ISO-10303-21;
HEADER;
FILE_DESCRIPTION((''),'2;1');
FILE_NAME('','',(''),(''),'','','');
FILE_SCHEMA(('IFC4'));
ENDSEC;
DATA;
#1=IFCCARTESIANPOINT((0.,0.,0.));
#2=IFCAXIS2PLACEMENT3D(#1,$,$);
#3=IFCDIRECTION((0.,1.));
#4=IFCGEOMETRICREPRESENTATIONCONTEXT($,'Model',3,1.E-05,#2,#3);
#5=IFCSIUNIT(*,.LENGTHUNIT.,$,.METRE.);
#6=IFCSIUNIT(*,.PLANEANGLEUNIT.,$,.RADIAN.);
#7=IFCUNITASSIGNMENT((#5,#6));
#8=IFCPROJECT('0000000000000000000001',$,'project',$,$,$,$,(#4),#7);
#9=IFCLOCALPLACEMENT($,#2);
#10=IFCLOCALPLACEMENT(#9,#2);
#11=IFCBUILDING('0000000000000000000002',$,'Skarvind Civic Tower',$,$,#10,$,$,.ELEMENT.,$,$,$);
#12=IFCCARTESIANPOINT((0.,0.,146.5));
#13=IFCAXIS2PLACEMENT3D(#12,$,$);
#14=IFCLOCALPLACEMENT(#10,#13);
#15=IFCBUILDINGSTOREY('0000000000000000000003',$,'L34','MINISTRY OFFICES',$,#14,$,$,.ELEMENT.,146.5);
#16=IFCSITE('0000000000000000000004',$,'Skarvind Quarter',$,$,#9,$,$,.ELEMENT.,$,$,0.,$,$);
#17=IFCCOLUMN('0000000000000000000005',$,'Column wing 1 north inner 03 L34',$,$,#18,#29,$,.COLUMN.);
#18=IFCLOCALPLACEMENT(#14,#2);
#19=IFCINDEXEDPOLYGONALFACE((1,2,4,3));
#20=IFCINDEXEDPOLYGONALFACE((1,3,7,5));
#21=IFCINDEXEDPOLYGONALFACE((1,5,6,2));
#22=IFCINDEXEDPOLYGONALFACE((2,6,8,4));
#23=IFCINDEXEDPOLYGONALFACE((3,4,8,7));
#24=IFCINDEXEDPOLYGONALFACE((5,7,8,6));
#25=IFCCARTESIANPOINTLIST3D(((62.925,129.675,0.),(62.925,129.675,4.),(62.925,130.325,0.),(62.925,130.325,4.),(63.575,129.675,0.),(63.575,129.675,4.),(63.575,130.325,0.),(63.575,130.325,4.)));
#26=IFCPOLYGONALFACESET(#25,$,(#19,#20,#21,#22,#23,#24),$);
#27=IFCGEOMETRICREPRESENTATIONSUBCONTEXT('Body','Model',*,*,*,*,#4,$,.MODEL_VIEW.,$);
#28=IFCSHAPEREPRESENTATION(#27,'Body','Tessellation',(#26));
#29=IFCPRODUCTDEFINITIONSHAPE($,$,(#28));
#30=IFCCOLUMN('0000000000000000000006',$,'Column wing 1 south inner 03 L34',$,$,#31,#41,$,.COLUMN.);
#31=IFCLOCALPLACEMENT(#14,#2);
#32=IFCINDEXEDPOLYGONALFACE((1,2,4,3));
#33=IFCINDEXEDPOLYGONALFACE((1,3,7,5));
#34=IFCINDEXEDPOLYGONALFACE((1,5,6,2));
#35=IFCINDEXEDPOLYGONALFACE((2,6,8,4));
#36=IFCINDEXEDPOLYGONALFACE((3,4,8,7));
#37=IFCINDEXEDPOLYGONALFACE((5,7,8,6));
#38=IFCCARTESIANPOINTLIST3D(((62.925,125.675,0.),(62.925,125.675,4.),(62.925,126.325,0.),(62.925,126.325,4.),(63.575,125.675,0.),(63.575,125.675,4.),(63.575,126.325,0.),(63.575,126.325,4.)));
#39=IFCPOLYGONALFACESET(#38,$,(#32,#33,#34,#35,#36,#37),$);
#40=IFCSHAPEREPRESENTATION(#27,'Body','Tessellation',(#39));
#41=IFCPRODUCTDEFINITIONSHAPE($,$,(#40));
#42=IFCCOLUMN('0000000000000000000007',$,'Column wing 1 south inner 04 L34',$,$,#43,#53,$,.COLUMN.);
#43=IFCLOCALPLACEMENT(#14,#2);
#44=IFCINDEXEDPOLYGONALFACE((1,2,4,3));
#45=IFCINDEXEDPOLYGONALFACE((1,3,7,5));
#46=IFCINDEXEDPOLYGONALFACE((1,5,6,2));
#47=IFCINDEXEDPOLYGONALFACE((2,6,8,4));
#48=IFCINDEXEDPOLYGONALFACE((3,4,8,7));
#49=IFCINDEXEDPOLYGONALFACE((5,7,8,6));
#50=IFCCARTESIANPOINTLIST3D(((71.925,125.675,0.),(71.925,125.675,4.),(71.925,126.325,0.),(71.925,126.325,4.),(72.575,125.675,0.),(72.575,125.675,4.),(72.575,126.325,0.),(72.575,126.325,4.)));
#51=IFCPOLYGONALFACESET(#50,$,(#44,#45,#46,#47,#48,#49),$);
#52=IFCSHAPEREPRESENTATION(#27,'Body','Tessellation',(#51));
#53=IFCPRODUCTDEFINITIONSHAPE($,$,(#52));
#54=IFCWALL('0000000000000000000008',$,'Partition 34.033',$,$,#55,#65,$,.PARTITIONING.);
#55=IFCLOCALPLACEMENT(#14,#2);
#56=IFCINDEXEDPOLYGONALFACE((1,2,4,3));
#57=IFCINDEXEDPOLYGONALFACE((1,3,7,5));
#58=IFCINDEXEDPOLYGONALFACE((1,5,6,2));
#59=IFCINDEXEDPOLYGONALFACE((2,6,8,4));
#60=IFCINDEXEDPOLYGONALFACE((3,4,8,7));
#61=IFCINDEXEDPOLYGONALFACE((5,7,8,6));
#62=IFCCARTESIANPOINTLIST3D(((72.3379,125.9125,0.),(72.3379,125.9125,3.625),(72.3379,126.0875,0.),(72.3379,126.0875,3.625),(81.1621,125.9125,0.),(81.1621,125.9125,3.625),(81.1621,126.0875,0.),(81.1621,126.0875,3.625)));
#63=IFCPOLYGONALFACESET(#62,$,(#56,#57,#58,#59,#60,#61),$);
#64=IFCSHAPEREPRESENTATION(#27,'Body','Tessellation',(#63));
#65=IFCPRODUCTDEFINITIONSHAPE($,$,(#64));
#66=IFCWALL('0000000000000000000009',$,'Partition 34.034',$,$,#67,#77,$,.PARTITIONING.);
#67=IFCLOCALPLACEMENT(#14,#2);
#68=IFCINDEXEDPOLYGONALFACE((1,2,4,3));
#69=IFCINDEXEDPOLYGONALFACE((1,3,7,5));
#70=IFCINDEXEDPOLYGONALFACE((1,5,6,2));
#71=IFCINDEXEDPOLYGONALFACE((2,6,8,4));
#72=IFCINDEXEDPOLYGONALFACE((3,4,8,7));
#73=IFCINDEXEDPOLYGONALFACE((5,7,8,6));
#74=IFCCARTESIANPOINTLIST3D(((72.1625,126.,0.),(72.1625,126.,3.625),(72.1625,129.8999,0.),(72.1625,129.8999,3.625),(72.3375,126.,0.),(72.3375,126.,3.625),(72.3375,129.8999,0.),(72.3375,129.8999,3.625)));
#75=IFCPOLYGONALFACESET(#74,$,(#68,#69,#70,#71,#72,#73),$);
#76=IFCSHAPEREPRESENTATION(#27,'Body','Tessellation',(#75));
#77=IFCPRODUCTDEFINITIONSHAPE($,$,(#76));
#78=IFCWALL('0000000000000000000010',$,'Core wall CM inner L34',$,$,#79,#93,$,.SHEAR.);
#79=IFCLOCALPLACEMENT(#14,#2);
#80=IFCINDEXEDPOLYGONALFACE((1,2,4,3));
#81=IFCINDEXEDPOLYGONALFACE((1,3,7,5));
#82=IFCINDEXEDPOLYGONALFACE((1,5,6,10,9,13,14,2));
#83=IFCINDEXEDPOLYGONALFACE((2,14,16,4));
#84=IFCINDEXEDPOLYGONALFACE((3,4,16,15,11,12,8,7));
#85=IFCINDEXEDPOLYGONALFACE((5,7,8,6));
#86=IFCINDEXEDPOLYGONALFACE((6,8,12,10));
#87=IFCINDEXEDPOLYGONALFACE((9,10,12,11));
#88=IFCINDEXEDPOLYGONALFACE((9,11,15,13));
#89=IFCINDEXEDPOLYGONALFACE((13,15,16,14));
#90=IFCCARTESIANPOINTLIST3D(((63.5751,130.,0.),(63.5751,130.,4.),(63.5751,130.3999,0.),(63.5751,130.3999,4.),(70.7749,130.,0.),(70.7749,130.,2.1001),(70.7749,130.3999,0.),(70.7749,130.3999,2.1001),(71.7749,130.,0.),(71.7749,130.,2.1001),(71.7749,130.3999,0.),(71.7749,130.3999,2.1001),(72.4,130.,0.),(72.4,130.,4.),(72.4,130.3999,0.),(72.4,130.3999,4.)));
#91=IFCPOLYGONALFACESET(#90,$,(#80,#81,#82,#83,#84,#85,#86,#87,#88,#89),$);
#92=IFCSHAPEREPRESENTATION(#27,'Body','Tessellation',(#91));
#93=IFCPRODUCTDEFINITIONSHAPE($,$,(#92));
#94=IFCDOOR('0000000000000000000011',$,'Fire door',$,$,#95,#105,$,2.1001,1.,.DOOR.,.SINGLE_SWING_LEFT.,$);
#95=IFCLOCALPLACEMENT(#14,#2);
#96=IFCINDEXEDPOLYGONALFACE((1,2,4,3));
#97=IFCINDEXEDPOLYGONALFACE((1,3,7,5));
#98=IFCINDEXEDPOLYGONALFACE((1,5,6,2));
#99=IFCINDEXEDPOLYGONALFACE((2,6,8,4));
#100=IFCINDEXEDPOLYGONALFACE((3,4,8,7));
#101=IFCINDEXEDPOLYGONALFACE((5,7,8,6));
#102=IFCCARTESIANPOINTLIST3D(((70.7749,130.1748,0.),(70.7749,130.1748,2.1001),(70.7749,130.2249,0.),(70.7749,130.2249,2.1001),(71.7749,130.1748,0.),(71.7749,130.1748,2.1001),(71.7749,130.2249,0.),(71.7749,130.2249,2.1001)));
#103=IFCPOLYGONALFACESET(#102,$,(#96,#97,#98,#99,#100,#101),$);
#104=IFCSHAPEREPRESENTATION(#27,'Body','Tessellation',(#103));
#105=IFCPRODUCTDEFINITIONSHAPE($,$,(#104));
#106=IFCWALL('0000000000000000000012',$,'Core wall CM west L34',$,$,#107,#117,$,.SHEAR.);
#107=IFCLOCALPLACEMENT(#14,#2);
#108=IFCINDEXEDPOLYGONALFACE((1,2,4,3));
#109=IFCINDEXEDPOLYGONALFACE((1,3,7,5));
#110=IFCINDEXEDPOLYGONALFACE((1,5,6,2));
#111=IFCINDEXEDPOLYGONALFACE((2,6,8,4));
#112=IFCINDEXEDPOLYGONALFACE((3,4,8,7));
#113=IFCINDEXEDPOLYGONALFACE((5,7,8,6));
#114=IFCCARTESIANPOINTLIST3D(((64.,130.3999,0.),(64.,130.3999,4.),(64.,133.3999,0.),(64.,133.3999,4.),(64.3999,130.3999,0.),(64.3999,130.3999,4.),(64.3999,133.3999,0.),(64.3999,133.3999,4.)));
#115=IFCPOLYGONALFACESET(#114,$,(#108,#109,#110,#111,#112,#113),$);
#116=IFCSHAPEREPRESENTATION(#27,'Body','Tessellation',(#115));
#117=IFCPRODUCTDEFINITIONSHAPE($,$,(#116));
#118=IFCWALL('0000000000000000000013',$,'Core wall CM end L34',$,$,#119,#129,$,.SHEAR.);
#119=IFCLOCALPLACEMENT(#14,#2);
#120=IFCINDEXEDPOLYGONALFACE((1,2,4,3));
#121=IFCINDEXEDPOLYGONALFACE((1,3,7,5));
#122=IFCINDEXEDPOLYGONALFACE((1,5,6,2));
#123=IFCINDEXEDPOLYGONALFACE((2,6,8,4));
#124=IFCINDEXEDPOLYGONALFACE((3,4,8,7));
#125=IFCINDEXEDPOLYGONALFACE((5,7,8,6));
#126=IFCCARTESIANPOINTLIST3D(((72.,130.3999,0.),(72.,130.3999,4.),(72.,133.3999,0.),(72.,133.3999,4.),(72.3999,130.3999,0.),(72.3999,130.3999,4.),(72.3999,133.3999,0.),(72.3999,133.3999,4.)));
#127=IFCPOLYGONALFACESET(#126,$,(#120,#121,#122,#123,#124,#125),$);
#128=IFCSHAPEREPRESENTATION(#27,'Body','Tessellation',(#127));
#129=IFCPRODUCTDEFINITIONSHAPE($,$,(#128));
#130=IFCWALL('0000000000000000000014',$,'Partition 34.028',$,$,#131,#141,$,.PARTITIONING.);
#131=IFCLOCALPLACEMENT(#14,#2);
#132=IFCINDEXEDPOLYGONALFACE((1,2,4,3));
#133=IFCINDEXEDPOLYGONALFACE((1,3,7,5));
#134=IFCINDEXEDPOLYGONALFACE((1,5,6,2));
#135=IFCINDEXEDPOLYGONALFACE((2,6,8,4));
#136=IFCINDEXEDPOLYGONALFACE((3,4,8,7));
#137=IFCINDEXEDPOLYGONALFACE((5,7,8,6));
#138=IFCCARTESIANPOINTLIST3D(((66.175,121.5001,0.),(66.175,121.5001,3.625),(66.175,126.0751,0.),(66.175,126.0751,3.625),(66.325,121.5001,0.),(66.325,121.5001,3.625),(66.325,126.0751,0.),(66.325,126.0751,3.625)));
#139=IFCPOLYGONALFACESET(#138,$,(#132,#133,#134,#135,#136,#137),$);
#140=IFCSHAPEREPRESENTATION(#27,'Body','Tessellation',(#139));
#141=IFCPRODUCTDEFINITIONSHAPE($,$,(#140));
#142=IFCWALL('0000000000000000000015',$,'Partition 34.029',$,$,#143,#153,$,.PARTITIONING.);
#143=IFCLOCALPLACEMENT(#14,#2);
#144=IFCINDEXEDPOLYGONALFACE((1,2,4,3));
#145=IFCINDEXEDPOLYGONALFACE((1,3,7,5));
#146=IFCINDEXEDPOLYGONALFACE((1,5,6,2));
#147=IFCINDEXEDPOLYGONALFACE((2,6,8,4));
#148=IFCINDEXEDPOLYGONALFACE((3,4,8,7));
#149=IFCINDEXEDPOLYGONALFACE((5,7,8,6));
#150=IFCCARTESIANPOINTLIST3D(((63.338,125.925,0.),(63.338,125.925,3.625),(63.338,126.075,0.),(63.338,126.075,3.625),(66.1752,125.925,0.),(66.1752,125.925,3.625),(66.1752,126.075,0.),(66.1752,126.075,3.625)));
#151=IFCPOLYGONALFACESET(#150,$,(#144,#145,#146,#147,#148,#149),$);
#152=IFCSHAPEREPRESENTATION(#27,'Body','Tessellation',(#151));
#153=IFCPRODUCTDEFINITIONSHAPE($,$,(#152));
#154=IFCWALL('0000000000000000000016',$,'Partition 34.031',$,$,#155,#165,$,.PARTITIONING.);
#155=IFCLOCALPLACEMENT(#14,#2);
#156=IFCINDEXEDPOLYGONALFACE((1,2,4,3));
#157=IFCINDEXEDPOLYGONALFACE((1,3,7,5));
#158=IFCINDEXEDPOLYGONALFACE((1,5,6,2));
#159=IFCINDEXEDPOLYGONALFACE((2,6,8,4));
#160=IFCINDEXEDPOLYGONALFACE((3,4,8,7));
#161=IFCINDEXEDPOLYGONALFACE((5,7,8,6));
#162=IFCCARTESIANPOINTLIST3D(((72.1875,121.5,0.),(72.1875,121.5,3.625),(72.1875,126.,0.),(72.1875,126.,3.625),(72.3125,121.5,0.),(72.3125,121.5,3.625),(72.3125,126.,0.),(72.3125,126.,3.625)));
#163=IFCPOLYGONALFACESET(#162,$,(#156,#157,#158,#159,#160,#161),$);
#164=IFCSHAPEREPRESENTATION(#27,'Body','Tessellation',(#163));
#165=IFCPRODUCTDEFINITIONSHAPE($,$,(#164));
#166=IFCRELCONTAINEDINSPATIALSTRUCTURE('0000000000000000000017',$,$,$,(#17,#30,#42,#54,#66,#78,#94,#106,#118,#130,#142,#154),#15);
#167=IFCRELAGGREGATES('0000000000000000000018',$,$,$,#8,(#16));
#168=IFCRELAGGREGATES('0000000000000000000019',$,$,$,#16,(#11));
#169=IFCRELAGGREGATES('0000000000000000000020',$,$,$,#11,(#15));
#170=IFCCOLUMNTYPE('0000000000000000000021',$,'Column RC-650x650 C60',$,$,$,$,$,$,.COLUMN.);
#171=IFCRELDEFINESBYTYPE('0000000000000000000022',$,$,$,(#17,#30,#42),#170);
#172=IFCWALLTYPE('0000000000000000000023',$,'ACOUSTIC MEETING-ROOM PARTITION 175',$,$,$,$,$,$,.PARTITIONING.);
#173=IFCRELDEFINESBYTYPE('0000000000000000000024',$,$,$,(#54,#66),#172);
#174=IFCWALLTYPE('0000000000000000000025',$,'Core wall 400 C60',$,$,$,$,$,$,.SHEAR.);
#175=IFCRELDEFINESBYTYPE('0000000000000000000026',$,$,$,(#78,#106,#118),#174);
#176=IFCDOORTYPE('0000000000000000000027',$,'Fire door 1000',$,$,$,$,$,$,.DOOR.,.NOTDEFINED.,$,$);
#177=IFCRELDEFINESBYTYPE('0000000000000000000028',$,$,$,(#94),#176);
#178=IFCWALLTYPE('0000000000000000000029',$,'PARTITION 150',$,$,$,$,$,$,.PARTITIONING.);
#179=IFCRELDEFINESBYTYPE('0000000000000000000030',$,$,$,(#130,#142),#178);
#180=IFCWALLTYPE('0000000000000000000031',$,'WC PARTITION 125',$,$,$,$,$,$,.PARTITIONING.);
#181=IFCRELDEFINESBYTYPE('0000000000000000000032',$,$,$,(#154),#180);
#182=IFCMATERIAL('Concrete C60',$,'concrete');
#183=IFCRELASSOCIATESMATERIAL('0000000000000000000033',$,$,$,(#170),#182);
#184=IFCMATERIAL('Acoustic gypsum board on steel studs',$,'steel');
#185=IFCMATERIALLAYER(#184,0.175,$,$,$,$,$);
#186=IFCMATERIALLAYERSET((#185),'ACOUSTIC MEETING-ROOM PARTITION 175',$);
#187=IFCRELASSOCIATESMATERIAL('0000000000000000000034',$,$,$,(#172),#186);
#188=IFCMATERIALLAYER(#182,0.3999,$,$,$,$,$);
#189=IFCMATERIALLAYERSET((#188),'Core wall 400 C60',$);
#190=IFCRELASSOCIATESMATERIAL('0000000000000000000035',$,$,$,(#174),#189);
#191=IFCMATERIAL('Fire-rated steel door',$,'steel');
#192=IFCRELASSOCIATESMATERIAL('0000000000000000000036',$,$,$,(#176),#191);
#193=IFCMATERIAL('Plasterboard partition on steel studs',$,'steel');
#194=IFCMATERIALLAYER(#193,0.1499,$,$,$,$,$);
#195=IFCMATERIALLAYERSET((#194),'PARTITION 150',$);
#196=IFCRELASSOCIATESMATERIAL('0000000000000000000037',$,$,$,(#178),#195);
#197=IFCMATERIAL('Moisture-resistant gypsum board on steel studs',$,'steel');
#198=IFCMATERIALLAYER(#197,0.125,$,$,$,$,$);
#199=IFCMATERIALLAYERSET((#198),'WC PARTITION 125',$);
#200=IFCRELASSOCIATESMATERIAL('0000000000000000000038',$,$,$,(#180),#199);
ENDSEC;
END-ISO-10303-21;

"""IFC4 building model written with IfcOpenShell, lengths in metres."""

from ifc_helpers import new_model, si_unit, direction, frame, frame_2d, origin, origin_2d, place, context, subcontext, project, spatial, rectangle, extrude, material, layer, layer_set, material_profile, profile_set, type_object, element, fill, save


model = new_model("IFC4")

# Units and contexts
model_context = context("Model", 3, precision=1e-05, world=origin(), true_north=direction((0.0, 1.0)))
body_context = subcontext(model_context, "Body", "Model", "MODEL_VIEW")
ifc_project = project(units=[si_unit("LENGTHUNIT", "METRE"), si_unit("PLANEANGLEUNIT", "RADIAN")], contexts=[model_context])

# Site, building, storey
site_placement = place(None, origin())
site = spatial("IfcSite", under=ifc_project, at=site_placement, Name="Skarvind Quarter", CompositionType="ELEMENT", RefElevation=0.0)
building_placement = place(site_placement, origin())
building = spatial("IfcBuilding", under=site, at=building_placement, Name="Skarvind Civic Tower", CompositionType="ELEMENT")
storey_placement = place(building_placement, frame((0.0, 0.0, 146.5)))
storey = spatial("IfcBuildingStorey", under=building, at=storey_placement, Name="L34", Description="MINISTRY OFFICES", CompositionType="ELEMENT", Elevation=146.5)

# Columns
ifc_material_1 = material(Name="Concrete C60", Category="concrete")
ifc_material_profile = material_profile(ifc_material_1, rectangle(XDim=0.6499, YDim=0.6499, at=origin_2d()), Name="RC-650x650")
ifc_profile_set = profile_set([ifc_material_profile], Name="Concrete C60")
column_type = type_object("IfcColumnType", Name="Column RC-650x650 C60", PredefinedType="COLUMN", material=ifc_profile_set)
for number, where, z_axis, x_axis, name in (
    (1, (63.25, 130.0, 0.0), (0.0, 0.0, 1.0), (1.0, 0.0, 0.0), "Column wing 1 north inner 03 L34"),
    (2, (63.25, 126.0, 0.0), (0.0, 0.0, 1.0), (1.0, 0.0, 0.0), "Column wing 1 south inner 03 L34"),
    (3, (72.25, 126.0, 0.0), (0.0, 0.0, 1.0), (1.0, 0.0, 0.0), "Column wing 1 south inner 04 L34"),
):
    element("IfcColumn", number, at=place(storey_placement, frame(where, z_axis=z_axis, x_axis=x_axis)), inside=storey, type_object=column_type, Name=name, PredefinedType="COLUMN", context=body_context, shape_type="SweptSolid", body=[
        extrude(rectangle(XDim=0.6499, YDim=0.6499, at=origin_2d()), origin(), (0.0, 0.0, 1.0), 4.0),
    ])

# Walls
ifc_material_2 = material(Name="Acoustic gypsum board on steel studs", Category="steel")
ifc_layer_1 = layer(ifc_material_2, 0.175)
ifc_layer_set_1 = layer_set([ifc_layer_1], Name="ACOUSTIC MEETING-ROOM PARTITION 175")
wall_type_1 = type_object("IfcWallType", Name="ACOUSTIC MEETING-ROOM PARTITION 175", PredefinedType="PARTITIONING", material=ifc_layer_set_1)
wall_1_placement = place(storey_placement, frame((72.3379, 126.0, 0.0), z_axis=(0.0, 0.0, 1.0), x_axis=(1.0, 0.0, 0.0)))
element("IfcWall", 4, at=wall_1_placement, inside=storey, type_object=wall_type_1, Name="Partition 34.033", PredefinedType="PARTITIONING", context=body_context, shape_type="SweptSolid", body=[
    extrude(rectangle(XDim=8.8242, YDim=0.175, at=frame_2d((4.4121, 0.0))), origin(), (0.0, 0.0, 1.0), 3.625),
])
wall_2_placement = place(storey_placement, frame((72.25, 129.8999, 0.0), z_axis=(0.0, 0.0, 1.0), x_axis=(0.0, -1.0, 0.0)))
element("IfcWall", 5, at=wall_2_placement, inside=storey, type_object=wall_type_1, Name="Partition 34.034", PredefinedType="PARTITIONING", context=body_context, shape_type="SweptSolid", body=[
    extrude(rectangle(XDim=3.8999, YDim=0.175, at=frame_2d((1.95, 0.0))), origin(), (0.0, 0.0, 1.0), 3.625),
])

# Wall, opening, door
ifc_layer_2 = layer(ifc_material_1, 0.3999)
ifc_layer_set_2 = layer_set([ifc_layer_2], Name="Core wall 400 C60")
wall_type_2 = type_object("IfcWallType", Name="Core wall 400 C60", PredefinedType="SHEAR", material=ifc_layer_set_2)
wall_3_placement = place(storey_placement, frame((63.575, 130.2, 0.0), z_axis=(0.0, 0.0, 1.0), x_axis=(1.0, 0.0, 0.0)))
wall_3 = element("IfcWall", 6, at=wall_3_placement, inside=storey, type_object=wall_type_2, Name="Core wall CM inner L34", PredefinedType="SHEAR", context=body_context, shape_type="SweptSolid", body=[
    extrude(rectangle(XDim=8.825, YDim=0.3999, at=frame_2d((4.4126, 0.0))), origin(), (0.0, 0.0, 1.0), 4.0),
])
opening_1_placement = place(wall_3_placement, frame((7.2, 0.0, 0.0)))
opening_1 = element("IfcOpeningElement", 7, at=opening_1_placement, cuts=wall_3, PredefinedType="OPENING", context=body_context, shape_type="SweptSolid", body=[
    extrude(rectangle(XDim=1.0, YDim=2.1001, at=frame_2d((0.5, 1.05))), frame((0.0, 0.21, 0.0), z_axis=(0.0, -1.0, 0.0), x_axis=(1.0, 0.0, 0.0)), (0.0, 0.0, 1.0), 0.4199),
])
ifc_material_3 = material(Name="Fire-rated steel door", Category="steel")
door_type_1 = type_object("IfcDoorType", Name="Fire door 1000", OperationType="NOTDEFINED", PredefinedType="DOOR", material=ifc_material_3)
door_1_placement = place(opening_1_placement, origin())
door_1 = element("IfcDoor", 8, at=door_1_placement, inside=storey, type_object=door_type_1, Name="Fire door", OperationType="SINGLE_SWING_LEFT", OverallHeight=2.1001, OverallWidth=1.0, PredefinedType="DOOR", context=body_context, shape_type="SweptSolid", body=[
    extrude(rectangle(XDim=1.0, YDim=2.1001, at=frame_2d((0.5, 1.05))), frame((0.0, 0.0249, 0.0), z_axis=(0.0, -1.0, 0.0), x_axis=(1.0, 0.0, 0.0)), (0.0, 0.0, 1.0), 0.05),
])
fill(opening_1, door_1)

# Walls
for number, where, z_axis, x_axis, name in (
    (9, (64.2, 130.3999, 0.0), (0.0, 0.0, 1.0), (0.0, 1.0, 0.0), "Core wall CM west L34"),
    (10, (72.2, 130.3999, 0.0), (0.0, 0.0, 1.0), (0.0, 1.0, 0.0), "Core wall CM end L34"),
):
    element("IfcWall", number, at=place(storey_placement, frame(where, z_axis=z_axis, x_axis=x_axis)), inside=storey, type_object=wall_type_2, Name=name, PredefinedType="SHEAR", context=body_context, shape_type="SweptSolid", body=[
        extrude(rectangle(XDim=3.0, YDim=0.3999, at=frame_2d((1.5, 0.0))), origin(), (0.0, 0.0, 1.0), 4.0),
    ])
ifc_material_4 = material(Name="Plasterboard partition on steel studs", Category="steel")
ifc_layer_3 = layer(ifc_material_4, 0.1499)
ifc_layer_set_3 = layer_set([ifc_layer_3], Name="PARTITION 150")
wall_type_3 = type_object("IfcWallType", Name="PARTITION 150", PredefinedType="PARTITIONING", material=ifc_layer_set_3)
wall_4_placement = place(storey_placement, frame((66.25, 121.5, 0.0), z_axis=(0.0, 0.0, 1.0), x_axis=(0.0, 1.0, 0.0)))
element("IfcWall", 11, at=wall_4_placement, inside=storey, type_object=wall_type_3, Name="Partition 34.028", PredefinedType="PARTITIONING", context=body_context, shape_type="SweptSolid", body=[
    extrude(rectangle(XDim=4.575, YDim=0.1499, at=frame_2d((2.2876, 0.0))), origin(), (0.0, 0.0, 1.0), 3.625),
])
wall_5_placement = place(storey_placement, frame((66.175, 126.0, 0.0), z_axis=(0.0, 0.0, 1.0), x_axis=(-1.0, 0.0, 0.0)))
element("IfcWall", 12, at=wall_5_placement, inside=storey, type_object=wall_type_3, Name="Partition 34.029", PredefinedType="PARTITIONING", context=body_context, shape_type="SweptSolid", body=[
    extrude(rectangle(XDim=2.8372, YDim=0.1499, at=frame_2d((1.4185, 0.0))), origin(), (0.0, 0.0, 1.0), 3.625),
])
ifc_material_5 = material(Name="Moisture-resistant gypsum board on steel studs", Category="steel")
ifc_layer_4 = layer(ifc_material_5, 0.125)
ifc_layer_set_4 = layer_set([ifc_layer_4], Name="WC PARTITION 125")
wall_type_4 = type_object("IfcWallType", Name="WC PARTITION 125", PredefinedType="PARTITIONING", material=ifc_layer_set_4)
wall_6_placement = place(storey_placement, frame((72.25, 121.5, 0.0), z_axis=(0.0, 0.0, 1.0), x_axis=(0.0, 1.0, 0.0)))
element("IfcWall", 13, at=wall_6_placement, inside=storey, type_object=wall_type_4, Name="Partition 34.031", PredefinedType="PARTITIONING", context=body_context, shape_type="SweptSolid", body=[
    extrude(rectangle(XDim=4.5, YDim=0.125, at=frame_2d((2.25, 0.0))), origin(), (0.0, 0.0, 1.0), 3.625),
])

save(model, "model.ifc")
